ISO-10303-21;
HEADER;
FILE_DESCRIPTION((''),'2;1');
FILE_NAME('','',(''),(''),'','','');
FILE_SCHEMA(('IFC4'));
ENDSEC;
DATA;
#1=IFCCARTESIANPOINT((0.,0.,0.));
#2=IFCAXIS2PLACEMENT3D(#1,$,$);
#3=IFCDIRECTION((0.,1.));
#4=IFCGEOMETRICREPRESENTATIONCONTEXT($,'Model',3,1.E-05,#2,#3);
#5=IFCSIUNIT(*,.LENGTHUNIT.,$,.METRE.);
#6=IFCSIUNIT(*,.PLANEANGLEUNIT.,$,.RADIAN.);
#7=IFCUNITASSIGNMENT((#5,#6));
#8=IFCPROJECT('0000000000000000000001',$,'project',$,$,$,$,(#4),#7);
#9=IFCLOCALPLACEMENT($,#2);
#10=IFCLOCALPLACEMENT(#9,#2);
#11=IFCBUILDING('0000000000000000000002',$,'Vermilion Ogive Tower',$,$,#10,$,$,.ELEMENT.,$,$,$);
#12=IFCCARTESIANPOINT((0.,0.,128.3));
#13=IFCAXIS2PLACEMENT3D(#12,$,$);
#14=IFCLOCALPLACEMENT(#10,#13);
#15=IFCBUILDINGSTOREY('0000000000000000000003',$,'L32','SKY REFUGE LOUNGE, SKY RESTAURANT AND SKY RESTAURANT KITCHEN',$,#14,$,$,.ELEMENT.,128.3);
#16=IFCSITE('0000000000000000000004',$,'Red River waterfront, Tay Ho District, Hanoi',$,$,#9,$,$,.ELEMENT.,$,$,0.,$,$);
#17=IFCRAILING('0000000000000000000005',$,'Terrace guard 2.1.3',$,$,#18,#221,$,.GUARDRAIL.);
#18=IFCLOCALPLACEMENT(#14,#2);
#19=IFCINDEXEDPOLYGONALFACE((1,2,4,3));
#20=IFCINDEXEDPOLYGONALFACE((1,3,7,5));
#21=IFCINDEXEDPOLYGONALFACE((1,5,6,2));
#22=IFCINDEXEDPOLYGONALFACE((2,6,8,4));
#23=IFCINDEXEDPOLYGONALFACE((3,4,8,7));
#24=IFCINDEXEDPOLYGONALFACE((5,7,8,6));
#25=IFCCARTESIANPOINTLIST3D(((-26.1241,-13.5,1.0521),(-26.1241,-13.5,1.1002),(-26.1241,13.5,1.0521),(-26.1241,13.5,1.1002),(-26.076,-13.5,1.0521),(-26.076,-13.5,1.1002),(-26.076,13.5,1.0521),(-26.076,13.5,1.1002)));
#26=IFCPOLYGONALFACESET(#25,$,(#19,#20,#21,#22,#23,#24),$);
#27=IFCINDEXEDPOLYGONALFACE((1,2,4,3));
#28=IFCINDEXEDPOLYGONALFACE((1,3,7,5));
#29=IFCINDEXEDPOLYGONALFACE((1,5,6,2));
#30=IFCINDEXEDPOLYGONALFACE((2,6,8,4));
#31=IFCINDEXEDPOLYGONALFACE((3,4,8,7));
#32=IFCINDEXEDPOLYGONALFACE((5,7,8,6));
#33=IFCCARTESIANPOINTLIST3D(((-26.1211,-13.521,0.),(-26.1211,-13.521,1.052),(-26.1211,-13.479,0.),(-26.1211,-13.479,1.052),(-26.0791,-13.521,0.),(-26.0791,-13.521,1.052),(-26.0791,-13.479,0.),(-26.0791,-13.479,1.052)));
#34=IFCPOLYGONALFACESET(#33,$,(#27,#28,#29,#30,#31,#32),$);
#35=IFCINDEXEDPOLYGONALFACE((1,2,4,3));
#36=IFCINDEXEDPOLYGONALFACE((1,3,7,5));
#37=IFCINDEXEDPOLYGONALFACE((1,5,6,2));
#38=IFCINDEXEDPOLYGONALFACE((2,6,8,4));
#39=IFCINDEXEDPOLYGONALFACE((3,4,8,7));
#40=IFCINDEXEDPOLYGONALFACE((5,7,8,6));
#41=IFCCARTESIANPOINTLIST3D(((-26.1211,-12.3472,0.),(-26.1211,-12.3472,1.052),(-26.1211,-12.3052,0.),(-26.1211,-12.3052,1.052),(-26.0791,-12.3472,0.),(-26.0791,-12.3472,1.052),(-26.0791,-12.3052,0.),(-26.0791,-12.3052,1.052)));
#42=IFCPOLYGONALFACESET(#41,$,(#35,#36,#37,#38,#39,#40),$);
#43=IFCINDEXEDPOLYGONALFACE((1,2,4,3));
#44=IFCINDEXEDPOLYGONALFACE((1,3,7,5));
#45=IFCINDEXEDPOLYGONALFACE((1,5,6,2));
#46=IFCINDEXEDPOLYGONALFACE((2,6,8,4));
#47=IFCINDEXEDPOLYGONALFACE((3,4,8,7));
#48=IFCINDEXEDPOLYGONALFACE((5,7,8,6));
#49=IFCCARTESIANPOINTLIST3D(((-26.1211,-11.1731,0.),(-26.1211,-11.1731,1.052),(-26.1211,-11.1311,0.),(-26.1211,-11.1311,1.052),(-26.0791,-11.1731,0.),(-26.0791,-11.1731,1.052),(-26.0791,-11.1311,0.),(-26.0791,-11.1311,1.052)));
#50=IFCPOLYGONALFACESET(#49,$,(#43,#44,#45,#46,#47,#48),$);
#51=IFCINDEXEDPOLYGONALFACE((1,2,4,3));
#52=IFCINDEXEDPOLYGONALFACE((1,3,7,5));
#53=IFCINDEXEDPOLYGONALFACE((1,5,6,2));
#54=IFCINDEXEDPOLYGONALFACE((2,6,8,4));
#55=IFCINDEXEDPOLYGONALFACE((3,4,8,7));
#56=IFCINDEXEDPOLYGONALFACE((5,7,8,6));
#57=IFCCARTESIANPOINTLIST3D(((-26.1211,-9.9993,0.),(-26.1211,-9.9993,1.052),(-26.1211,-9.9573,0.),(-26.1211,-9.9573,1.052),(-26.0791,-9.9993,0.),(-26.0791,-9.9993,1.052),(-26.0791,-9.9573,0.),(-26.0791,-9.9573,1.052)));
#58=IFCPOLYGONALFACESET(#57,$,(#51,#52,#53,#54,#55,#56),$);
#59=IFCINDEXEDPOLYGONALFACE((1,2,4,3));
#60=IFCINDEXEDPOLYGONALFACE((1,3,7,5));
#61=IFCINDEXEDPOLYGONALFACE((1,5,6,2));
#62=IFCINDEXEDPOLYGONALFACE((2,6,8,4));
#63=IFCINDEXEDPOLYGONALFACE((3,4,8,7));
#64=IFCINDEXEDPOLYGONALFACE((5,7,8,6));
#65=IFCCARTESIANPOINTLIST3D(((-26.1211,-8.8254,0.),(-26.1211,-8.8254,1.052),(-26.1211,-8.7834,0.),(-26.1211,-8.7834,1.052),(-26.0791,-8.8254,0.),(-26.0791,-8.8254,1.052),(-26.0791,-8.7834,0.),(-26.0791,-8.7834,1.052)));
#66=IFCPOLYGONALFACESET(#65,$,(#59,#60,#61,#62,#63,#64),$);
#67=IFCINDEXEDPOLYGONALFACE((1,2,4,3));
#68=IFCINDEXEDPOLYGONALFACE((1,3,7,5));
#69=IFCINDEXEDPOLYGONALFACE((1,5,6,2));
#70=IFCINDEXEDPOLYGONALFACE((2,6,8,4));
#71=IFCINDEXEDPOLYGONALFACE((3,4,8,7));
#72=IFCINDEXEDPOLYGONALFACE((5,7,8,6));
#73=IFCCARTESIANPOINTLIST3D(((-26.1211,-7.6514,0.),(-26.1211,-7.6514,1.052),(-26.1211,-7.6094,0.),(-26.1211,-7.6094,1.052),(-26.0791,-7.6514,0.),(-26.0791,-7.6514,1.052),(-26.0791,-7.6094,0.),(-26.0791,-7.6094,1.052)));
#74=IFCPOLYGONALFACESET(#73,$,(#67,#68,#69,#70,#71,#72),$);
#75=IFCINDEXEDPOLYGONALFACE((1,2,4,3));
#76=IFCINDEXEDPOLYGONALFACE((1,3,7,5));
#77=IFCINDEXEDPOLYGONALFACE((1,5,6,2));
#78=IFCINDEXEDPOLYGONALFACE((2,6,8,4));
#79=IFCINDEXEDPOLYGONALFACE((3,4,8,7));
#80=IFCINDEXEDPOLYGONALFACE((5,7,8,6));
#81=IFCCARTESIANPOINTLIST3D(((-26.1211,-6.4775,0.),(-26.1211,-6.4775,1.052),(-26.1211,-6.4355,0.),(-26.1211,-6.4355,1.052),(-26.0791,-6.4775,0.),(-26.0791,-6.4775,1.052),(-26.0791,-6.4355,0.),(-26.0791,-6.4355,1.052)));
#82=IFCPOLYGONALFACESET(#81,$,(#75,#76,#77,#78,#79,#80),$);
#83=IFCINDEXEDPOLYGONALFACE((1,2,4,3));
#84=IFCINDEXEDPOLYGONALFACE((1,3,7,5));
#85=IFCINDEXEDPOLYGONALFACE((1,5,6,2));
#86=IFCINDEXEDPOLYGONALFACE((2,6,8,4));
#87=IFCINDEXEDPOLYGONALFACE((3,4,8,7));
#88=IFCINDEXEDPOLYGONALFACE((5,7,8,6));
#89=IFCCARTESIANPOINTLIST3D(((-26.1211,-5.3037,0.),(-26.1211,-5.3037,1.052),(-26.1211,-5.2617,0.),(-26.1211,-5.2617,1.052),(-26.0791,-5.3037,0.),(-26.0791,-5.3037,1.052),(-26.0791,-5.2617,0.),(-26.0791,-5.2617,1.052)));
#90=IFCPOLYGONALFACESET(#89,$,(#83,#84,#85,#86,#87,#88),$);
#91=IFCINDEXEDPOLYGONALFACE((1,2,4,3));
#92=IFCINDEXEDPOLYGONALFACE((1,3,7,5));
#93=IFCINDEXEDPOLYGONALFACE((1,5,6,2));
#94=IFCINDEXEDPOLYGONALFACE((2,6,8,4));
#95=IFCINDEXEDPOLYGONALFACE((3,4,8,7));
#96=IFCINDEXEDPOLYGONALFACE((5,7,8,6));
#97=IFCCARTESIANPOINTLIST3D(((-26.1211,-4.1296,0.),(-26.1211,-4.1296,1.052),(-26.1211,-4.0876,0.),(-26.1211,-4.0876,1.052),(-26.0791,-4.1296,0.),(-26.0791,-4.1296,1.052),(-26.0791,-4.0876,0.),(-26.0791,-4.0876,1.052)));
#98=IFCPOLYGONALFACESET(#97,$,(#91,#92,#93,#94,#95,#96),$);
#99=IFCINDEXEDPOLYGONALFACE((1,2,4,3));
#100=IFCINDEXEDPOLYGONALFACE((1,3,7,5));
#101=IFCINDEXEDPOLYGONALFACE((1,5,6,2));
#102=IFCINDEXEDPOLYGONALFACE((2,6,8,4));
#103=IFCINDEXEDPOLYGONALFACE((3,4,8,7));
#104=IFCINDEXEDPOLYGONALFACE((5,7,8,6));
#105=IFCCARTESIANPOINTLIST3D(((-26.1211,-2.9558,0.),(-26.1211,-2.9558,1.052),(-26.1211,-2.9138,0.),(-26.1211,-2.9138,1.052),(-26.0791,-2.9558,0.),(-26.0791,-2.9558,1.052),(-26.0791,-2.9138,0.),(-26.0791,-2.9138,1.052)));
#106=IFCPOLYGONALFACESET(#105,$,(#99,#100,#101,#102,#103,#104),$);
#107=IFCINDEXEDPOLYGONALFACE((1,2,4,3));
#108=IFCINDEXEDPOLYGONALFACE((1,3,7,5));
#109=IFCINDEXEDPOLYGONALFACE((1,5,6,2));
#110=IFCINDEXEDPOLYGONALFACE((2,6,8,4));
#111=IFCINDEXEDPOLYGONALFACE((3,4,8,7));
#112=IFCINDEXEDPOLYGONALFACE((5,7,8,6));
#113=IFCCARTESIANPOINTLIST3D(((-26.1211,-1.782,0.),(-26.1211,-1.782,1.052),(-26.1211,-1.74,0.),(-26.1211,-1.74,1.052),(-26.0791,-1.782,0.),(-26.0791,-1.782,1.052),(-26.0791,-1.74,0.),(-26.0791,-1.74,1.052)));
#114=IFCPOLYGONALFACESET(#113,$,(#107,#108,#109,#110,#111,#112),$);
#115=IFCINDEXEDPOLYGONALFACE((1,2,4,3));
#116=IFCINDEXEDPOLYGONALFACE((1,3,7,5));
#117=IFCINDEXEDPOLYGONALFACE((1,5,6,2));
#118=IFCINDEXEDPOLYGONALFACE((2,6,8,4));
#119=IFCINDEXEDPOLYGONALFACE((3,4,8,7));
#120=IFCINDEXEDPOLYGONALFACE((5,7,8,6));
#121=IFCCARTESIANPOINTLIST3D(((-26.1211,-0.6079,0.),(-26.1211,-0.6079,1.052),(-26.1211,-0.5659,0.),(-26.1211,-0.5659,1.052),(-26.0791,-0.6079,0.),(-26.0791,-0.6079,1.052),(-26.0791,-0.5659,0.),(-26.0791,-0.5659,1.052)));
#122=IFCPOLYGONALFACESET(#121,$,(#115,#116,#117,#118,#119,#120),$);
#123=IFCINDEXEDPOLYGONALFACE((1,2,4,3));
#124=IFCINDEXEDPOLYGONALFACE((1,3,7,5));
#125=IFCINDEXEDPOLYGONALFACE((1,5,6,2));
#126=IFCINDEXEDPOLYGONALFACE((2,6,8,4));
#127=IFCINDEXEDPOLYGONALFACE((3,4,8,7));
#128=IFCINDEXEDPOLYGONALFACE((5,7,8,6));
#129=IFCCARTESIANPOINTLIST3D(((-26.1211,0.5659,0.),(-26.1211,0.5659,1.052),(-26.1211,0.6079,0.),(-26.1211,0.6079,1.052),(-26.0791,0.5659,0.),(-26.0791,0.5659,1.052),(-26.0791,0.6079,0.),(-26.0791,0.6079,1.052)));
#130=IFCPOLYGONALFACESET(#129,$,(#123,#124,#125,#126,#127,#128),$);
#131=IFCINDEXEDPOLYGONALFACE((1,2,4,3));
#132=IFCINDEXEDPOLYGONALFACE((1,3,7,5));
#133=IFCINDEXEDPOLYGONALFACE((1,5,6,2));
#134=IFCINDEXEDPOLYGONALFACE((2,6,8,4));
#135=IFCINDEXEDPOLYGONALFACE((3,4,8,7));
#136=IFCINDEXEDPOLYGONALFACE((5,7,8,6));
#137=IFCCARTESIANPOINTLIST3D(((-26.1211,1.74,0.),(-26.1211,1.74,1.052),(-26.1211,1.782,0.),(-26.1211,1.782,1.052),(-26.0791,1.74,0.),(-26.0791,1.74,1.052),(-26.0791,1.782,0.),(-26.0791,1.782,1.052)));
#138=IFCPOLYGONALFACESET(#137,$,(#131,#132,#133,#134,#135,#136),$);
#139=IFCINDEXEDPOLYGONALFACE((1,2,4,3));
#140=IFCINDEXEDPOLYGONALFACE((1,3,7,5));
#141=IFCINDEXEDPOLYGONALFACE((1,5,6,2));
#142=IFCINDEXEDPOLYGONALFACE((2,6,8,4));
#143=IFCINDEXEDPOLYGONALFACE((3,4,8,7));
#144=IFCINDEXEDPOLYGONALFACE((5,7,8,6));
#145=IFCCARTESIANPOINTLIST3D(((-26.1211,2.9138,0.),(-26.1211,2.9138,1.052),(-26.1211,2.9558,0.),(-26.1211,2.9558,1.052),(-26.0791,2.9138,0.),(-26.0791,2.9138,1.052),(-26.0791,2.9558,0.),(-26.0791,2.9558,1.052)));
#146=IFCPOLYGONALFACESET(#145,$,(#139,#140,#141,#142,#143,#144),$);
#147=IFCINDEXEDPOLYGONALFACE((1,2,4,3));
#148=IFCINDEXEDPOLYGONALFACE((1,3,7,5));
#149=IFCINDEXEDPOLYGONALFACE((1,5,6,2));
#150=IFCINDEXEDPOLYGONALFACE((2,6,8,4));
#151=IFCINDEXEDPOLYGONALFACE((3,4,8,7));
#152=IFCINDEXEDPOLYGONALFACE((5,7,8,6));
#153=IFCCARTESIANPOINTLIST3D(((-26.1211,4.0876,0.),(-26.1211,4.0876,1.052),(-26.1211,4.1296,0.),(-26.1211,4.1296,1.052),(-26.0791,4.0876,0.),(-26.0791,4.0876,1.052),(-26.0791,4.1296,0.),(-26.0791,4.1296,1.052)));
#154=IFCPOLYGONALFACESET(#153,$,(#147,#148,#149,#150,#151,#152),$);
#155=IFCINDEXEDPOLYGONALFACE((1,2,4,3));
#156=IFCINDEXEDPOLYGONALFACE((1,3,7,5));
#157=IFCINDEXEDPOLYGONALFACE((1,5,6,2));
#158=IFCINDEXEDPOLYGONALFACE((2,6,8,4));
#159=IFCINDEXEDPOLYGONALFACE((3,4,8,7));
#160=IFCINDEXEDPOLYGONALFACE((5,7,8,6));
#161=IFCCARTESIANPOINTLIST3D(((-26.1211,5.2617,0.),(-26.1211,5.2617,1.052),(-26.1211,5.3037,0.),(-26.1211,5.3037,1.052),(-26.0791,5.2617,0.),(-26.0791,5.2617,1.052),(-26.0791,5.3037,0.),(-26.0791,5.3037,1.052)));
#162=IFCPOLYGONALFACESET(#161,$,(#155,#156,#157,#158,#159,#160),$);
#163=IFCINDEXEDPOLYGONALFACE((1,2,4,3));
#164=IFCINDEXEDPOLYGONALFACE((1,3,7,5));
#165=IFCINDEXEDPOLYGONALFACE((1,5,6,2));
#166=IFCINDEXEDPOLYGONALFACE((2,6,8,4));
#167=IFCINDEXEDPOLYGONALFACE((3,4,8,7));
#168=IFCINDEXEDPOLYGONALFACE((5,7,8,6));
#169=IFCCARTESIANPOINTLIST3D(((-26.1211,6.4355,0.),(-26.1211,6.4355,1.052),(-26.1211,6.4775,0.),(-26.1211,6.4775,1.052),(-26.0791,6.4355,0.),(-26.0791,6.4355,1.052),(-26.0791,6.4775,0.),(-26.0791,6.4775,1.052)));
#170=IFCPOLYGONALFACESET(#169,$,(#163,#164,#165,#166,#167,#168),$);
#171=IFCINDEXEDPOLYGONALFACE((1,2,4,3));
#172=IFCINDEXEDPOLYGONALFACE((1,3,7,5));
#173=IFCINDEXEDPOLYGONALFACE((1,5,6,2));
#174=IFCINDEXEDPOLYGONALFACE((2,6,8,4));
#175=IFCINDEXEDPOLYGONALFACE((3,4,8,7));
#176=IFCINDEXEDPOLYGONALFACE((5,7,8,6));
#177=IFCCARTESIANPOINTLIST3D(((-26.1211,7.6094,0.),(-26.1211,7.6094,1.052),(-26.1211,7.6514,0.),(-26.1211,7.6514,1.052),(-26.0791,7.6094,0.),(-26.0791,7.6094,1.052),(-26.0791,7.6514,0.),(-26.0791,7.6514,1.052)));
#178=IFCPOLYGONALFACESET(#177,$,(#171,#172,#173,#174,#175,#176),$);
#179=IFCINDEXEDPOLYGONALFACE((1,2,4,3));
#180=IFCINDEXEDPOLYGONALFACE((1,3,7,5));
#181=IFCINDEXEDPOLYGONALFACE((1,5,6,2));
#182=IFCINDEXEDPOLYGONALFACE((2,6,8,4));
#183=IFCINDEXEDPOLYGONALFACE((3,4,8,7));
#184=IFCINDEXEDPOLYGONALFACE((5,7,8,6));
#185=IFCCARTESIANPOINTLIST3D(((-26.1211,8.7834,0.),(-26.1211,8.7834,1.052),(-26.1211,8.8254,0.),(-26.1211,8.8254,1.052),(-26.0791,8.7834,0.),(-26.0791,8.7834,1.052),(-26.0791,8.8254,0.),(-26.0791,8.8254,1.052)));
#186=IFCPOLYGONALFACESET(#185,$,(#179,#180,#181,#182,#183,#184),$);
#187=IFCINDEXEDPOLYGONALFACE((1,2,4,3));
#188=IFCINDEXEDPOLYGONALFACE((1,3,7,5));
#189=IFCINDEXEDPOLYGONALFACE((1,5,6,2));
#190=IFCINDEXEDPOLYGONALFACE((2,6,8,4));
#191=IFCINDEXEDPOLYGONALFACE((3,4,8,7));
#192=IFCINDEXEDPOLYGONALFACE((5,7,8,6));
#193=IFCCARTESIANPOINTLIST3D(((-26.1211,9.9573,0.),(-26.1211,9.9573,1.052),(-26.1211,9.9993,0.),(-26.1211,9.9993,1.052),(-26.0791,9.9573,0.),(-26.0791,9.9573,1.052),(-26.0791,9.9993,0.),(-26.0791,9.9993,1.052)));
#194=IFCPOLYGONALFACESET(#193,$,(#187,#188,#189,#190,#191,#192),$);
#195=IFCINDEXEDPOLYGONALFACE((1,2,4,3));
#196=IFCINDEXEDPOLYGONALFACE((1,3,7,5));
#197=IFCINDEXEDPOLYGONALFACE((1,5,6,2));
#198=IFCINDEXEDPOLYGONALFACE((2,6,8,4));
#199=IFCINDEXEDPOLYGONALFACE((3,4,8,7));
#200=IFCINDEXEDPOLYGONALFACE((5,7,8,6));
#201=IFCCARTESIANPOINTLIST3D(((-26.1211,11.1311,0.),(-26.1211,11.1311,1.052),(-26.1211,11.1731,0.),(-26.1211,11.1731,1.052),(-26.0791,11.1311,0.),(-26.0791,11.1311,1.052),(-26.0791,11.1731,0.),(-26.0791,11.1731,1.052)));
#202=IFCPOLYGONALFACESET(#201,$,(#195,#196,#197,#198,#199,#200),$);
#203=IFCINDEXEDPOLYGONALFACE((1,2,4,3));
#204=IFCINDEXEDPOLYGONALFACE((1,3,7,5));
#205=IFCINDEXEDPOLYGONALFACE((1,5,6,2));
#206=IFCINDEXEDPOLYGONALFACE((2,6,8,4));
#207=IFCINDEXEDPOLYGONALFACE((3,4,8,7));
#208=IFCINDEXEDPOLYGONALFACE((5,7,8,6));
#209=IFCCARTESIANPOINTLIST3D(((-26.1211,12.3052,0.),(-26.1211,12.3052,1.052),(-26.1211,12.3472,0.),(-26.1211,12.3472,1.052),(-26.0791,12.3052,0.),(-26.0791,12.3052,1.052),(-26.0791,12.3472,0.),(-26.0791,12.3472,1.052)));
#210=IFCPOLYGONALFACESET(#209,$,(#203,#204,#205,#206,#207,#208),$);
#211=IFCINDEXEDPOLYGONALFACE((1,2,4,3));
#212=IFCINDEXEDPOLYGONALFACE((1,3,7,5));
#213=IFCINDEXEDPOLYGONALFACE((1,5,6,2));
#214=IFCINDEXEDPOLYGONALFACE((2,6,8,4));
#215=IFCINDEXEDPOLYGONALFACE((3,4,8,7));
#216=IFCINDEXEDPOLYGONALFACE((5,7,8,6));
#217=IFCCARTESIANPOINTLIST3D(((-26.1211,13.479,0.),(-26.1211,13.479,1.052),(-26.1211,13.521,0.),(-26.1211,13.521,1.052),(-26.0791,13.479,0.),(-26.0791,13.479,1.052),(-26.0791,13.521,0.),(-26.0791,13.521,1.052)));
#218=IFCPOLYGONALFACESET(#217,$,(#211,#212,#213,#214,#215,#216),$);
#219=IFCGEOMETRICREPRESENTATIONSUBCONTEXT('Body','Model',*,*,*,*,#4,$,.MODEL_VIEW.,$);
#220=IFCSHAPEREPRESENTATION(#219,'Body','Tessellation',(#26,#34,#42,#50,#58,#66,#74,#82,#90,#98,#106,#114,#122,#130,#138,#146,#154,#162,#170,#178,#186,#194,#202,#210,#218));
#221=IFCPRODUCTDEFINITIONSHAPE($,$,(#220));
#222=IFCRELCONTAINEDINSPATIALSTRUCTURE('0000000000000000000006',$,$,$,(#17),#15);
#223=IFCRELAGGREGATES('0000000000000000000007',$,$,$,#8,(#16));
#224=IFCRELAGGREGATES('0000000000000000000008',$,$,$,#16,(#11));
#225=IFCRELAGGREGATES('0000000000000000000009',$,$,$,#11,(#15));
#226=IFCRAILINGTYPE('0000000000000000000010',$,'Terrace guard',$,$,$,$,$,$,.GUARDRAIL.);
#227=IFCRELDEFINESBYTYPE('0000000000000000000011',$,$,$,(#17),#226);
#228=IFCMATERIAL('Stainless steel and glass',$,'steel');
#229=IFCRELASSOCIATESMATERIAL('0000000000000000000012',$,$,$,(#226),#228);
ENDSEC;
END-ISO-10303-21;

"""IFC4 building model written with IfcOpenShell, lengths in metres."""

from ifc_helpers import new_model, si_unit, direction, frame, origin, origin_2d, place, context, subcontext, project, spatial, rectangle, extrude, material, type_object, element, save


model = new_model("IFC4")

# Units and contexts
model_context = context("Model", 3, precision=1e-05, world=origin(), true_north=direction((0.0, 1.0)))
body_context = subcontext(model_context, "Body", "Model", "MODEL_VIEW")
ifc_project = project(units=[si_unit("LENGTHUNIT", "METRE"), si_unit("PLANEANGLEUNIT", "RADIAN")], contexts=[model_context])

# Site, building, storey
site_placement = place(None, origin())
site = spatial("IfcSite", under=ifc_project, at=site_placement, Name="Red River waterfront, Tay Ho District, Hanoi", CompositionType="ELEMENT", RefElevation=0.0)
building_placement = place(site_placement, origin())
building = spatial("IfcBuilding", under=site, at=building_placement, Name="Vermilion Ogive Tower", CompositionType="ELEMENT")
storey_placement = place(building_placement, frame((0.0, 0.0, 128.3)))
storey = spatial("IfcBuildingStorey", under=building, at=storey_placement, Name="L32", Description="SKY REFUGE LOUNGE, SKY RESTAURANT AND SKY RESTAURANT KITCHEN", CompositionType="ELEMENT", Elevation=128.3)

# Railing
ifc_material_1 = material(Name="Stainless steel and glass", Category="steel")
railing_type = type_object("IfcRailingType", Name="Terrace guard", PredefinedType="GUARDRAIL", material=ifc_material_1)
railing_1_placement = place(storey_placement, frame((-26.1001, -13.5, 0.0)))
element("IfcRailing", 1, at=railing_1_placement, inside=storey, type_object=railing_type, Name="Terrace guard 2.1.3", PredefinedType="GUARDRAIL", context=body_context, shape_type="SweptSolid", body=[
    extrude(rectangle(XDim=0.0481, YDim=0.0481, at=origin_2d()), frame((0.0, 0.0, 1.0762), z_axis=(0.0, 1.0, 0.0), x_axis=(-1.0, 0.0, 0.0)), (0.0, 0.0, 1.0), 27.0),
    extrude(rectangle(XDim=0.042, YDim=0.042, at=origin_2d()), origin(), (0.0, 0.0, 1.0), 1.052),
    extrude(rectangle(XDim=0.042, YDim=0.042, at=origin_2d()), frame((0.0, 1.1738, 0.0)), (0.0, 0.0, 1.0), 1.052),
    extrude(rectangle(XDim=0.042, YDim=0.042, at=origin_2d()), frame((0.0, 2.3479, 0.0)), (0.0, 0.0, 1.0), 1.052),
    extrude(rectangle(XDim=0.042, YDim=0.042, at=origin_2d()), frame((0.0, 3.5217, 0.0)), (0.0, 0.0, 1.0), 1.052),
    extrude(rectangle(XDim=0.042, YDim=0.042, at=origin_2d()), frame((0.0, 4.6956, 0.0)), (0.0, 0.0, 1.0), 1.052),
    extrude(rectangle(XDim=0.042, YDim=0.042, at=origin_2d()), frame((0.0, 5.8696, 0.0)), (0.0, 0.0, 1.0), 1.052),
    extrude(rectangle(XDim=0.042, YDim=0.042, at=origin_2d()), frame((0.0, 7.0435, 0.0)), (0.0, 0.0, 1.0), 1.052),
    extrude(rectangle(XDim=0.042, YDim=0.042, at=origin_2d()), frame((0.0, 8.2173, 0.0)), (0.0, 0.0, 1.0), 1.052),
    extrude(rectangle(XDim=0.042, YDim=0.042, at=origin_2d()), frame((0.0, 9.3914, 0.0)), (0.0, 0.0, 1.0), 1.052),
    extrude(rectangle(XDim=0.042, YDim=0.042, at=origin_2d()), frame((0.0, 10.5652, 0.0)), (0.0, 0.0, 1.0), 1.052),
    extrude(rectangle(XDim=0.042, YDim=0.042, at=origin_2d()), frame((0.0, 11.739, 0.0)), (0.0, 0.0, 1.0), 1.052),
    extrude(rectangle(XDim=0.042, YDim=0.042, at=origin_2d()), frame((0.0, 12.9131, 0.0)), (0.0, 0.0, 1.0), 1.052),
    extrude(rectangle(XDim=0.042, YDim=0.042, at=origin_2d()), frame((0.0, 14.0869, 0.0)), (0.0, 0.0, 1.0), 1.052),
    extrude(rectangle(XDim=0.042, YDim=0.042, at=origin_2d()), frame((0.0, 15.261, 0.0)), (0.0, 0.0, 1.0), 1.052),
    extrude(rectangle(XDim=0.042, YDim=0.042, at=origin_2d()), frame((0.0, 16.4348, 0.0)), (0.0, 0.0, 1.0), 1.052),
    extrude(rectangle(XDim=0.042, YDim=0.042, at=origin_2d()), frame((0.0, 17.6086, 0.0)), (0.0, 0.0, 1.0), 1.052),
    extrude(rectangle(XDim=0.042, YDim=0.042, at=origin_2d()), frame((0.0, 18.7827, 0.0)), (0.0, 0.0, 1.0), 1.052),
    extrude(rectangle(XDim=0.042, YDim=0.042, at=origin_2d()), frame((0.0, 19.9565, 0.0)), (0.0, 0.0, 1.0), 1.052),
    extrude(rectangle(XDim=0.042, YDim=0.042, at=origin_2d()), frame((0.0, 21.1304, 0.0)), (0.0, 0.0, 1.0), 1.052),
    extrude(rectangle(XDim=0.042, YDim=0.042, at=origin_2d()), frame((0.0, 22.3044, 0.0)), (0.0, 0.0, 1.0), 1.052),
    extrude(rectangle(XDim=0.042, YDim=0.042, at=origin_2d()), frame((0.0, 23.4783, 0.0)), (0.0, 0.0, 1.0), 1.052),
    extrude(rectangle(XDim=0.042, YDim=0.042, at=origin_2d()), frame((0.0, 24.6521, 0.0)), (0.0, 0.0, 1.0), 1.052),
    extrude(rectangle(XDim=0.042, YDim=0.042, at=origin_2d()), frame((0.0, 25.8262, 0.0)), (0.0, 0.0, 1.0), 1.052),
    extrude(rectangle(XDim=0.042, YDim=0.042, at=origin_2d()), frame((0.0, 27.0, 0.0)), (0.0, 0.0, 1.0), 1.052),
])

save(model, "model.ifc")
